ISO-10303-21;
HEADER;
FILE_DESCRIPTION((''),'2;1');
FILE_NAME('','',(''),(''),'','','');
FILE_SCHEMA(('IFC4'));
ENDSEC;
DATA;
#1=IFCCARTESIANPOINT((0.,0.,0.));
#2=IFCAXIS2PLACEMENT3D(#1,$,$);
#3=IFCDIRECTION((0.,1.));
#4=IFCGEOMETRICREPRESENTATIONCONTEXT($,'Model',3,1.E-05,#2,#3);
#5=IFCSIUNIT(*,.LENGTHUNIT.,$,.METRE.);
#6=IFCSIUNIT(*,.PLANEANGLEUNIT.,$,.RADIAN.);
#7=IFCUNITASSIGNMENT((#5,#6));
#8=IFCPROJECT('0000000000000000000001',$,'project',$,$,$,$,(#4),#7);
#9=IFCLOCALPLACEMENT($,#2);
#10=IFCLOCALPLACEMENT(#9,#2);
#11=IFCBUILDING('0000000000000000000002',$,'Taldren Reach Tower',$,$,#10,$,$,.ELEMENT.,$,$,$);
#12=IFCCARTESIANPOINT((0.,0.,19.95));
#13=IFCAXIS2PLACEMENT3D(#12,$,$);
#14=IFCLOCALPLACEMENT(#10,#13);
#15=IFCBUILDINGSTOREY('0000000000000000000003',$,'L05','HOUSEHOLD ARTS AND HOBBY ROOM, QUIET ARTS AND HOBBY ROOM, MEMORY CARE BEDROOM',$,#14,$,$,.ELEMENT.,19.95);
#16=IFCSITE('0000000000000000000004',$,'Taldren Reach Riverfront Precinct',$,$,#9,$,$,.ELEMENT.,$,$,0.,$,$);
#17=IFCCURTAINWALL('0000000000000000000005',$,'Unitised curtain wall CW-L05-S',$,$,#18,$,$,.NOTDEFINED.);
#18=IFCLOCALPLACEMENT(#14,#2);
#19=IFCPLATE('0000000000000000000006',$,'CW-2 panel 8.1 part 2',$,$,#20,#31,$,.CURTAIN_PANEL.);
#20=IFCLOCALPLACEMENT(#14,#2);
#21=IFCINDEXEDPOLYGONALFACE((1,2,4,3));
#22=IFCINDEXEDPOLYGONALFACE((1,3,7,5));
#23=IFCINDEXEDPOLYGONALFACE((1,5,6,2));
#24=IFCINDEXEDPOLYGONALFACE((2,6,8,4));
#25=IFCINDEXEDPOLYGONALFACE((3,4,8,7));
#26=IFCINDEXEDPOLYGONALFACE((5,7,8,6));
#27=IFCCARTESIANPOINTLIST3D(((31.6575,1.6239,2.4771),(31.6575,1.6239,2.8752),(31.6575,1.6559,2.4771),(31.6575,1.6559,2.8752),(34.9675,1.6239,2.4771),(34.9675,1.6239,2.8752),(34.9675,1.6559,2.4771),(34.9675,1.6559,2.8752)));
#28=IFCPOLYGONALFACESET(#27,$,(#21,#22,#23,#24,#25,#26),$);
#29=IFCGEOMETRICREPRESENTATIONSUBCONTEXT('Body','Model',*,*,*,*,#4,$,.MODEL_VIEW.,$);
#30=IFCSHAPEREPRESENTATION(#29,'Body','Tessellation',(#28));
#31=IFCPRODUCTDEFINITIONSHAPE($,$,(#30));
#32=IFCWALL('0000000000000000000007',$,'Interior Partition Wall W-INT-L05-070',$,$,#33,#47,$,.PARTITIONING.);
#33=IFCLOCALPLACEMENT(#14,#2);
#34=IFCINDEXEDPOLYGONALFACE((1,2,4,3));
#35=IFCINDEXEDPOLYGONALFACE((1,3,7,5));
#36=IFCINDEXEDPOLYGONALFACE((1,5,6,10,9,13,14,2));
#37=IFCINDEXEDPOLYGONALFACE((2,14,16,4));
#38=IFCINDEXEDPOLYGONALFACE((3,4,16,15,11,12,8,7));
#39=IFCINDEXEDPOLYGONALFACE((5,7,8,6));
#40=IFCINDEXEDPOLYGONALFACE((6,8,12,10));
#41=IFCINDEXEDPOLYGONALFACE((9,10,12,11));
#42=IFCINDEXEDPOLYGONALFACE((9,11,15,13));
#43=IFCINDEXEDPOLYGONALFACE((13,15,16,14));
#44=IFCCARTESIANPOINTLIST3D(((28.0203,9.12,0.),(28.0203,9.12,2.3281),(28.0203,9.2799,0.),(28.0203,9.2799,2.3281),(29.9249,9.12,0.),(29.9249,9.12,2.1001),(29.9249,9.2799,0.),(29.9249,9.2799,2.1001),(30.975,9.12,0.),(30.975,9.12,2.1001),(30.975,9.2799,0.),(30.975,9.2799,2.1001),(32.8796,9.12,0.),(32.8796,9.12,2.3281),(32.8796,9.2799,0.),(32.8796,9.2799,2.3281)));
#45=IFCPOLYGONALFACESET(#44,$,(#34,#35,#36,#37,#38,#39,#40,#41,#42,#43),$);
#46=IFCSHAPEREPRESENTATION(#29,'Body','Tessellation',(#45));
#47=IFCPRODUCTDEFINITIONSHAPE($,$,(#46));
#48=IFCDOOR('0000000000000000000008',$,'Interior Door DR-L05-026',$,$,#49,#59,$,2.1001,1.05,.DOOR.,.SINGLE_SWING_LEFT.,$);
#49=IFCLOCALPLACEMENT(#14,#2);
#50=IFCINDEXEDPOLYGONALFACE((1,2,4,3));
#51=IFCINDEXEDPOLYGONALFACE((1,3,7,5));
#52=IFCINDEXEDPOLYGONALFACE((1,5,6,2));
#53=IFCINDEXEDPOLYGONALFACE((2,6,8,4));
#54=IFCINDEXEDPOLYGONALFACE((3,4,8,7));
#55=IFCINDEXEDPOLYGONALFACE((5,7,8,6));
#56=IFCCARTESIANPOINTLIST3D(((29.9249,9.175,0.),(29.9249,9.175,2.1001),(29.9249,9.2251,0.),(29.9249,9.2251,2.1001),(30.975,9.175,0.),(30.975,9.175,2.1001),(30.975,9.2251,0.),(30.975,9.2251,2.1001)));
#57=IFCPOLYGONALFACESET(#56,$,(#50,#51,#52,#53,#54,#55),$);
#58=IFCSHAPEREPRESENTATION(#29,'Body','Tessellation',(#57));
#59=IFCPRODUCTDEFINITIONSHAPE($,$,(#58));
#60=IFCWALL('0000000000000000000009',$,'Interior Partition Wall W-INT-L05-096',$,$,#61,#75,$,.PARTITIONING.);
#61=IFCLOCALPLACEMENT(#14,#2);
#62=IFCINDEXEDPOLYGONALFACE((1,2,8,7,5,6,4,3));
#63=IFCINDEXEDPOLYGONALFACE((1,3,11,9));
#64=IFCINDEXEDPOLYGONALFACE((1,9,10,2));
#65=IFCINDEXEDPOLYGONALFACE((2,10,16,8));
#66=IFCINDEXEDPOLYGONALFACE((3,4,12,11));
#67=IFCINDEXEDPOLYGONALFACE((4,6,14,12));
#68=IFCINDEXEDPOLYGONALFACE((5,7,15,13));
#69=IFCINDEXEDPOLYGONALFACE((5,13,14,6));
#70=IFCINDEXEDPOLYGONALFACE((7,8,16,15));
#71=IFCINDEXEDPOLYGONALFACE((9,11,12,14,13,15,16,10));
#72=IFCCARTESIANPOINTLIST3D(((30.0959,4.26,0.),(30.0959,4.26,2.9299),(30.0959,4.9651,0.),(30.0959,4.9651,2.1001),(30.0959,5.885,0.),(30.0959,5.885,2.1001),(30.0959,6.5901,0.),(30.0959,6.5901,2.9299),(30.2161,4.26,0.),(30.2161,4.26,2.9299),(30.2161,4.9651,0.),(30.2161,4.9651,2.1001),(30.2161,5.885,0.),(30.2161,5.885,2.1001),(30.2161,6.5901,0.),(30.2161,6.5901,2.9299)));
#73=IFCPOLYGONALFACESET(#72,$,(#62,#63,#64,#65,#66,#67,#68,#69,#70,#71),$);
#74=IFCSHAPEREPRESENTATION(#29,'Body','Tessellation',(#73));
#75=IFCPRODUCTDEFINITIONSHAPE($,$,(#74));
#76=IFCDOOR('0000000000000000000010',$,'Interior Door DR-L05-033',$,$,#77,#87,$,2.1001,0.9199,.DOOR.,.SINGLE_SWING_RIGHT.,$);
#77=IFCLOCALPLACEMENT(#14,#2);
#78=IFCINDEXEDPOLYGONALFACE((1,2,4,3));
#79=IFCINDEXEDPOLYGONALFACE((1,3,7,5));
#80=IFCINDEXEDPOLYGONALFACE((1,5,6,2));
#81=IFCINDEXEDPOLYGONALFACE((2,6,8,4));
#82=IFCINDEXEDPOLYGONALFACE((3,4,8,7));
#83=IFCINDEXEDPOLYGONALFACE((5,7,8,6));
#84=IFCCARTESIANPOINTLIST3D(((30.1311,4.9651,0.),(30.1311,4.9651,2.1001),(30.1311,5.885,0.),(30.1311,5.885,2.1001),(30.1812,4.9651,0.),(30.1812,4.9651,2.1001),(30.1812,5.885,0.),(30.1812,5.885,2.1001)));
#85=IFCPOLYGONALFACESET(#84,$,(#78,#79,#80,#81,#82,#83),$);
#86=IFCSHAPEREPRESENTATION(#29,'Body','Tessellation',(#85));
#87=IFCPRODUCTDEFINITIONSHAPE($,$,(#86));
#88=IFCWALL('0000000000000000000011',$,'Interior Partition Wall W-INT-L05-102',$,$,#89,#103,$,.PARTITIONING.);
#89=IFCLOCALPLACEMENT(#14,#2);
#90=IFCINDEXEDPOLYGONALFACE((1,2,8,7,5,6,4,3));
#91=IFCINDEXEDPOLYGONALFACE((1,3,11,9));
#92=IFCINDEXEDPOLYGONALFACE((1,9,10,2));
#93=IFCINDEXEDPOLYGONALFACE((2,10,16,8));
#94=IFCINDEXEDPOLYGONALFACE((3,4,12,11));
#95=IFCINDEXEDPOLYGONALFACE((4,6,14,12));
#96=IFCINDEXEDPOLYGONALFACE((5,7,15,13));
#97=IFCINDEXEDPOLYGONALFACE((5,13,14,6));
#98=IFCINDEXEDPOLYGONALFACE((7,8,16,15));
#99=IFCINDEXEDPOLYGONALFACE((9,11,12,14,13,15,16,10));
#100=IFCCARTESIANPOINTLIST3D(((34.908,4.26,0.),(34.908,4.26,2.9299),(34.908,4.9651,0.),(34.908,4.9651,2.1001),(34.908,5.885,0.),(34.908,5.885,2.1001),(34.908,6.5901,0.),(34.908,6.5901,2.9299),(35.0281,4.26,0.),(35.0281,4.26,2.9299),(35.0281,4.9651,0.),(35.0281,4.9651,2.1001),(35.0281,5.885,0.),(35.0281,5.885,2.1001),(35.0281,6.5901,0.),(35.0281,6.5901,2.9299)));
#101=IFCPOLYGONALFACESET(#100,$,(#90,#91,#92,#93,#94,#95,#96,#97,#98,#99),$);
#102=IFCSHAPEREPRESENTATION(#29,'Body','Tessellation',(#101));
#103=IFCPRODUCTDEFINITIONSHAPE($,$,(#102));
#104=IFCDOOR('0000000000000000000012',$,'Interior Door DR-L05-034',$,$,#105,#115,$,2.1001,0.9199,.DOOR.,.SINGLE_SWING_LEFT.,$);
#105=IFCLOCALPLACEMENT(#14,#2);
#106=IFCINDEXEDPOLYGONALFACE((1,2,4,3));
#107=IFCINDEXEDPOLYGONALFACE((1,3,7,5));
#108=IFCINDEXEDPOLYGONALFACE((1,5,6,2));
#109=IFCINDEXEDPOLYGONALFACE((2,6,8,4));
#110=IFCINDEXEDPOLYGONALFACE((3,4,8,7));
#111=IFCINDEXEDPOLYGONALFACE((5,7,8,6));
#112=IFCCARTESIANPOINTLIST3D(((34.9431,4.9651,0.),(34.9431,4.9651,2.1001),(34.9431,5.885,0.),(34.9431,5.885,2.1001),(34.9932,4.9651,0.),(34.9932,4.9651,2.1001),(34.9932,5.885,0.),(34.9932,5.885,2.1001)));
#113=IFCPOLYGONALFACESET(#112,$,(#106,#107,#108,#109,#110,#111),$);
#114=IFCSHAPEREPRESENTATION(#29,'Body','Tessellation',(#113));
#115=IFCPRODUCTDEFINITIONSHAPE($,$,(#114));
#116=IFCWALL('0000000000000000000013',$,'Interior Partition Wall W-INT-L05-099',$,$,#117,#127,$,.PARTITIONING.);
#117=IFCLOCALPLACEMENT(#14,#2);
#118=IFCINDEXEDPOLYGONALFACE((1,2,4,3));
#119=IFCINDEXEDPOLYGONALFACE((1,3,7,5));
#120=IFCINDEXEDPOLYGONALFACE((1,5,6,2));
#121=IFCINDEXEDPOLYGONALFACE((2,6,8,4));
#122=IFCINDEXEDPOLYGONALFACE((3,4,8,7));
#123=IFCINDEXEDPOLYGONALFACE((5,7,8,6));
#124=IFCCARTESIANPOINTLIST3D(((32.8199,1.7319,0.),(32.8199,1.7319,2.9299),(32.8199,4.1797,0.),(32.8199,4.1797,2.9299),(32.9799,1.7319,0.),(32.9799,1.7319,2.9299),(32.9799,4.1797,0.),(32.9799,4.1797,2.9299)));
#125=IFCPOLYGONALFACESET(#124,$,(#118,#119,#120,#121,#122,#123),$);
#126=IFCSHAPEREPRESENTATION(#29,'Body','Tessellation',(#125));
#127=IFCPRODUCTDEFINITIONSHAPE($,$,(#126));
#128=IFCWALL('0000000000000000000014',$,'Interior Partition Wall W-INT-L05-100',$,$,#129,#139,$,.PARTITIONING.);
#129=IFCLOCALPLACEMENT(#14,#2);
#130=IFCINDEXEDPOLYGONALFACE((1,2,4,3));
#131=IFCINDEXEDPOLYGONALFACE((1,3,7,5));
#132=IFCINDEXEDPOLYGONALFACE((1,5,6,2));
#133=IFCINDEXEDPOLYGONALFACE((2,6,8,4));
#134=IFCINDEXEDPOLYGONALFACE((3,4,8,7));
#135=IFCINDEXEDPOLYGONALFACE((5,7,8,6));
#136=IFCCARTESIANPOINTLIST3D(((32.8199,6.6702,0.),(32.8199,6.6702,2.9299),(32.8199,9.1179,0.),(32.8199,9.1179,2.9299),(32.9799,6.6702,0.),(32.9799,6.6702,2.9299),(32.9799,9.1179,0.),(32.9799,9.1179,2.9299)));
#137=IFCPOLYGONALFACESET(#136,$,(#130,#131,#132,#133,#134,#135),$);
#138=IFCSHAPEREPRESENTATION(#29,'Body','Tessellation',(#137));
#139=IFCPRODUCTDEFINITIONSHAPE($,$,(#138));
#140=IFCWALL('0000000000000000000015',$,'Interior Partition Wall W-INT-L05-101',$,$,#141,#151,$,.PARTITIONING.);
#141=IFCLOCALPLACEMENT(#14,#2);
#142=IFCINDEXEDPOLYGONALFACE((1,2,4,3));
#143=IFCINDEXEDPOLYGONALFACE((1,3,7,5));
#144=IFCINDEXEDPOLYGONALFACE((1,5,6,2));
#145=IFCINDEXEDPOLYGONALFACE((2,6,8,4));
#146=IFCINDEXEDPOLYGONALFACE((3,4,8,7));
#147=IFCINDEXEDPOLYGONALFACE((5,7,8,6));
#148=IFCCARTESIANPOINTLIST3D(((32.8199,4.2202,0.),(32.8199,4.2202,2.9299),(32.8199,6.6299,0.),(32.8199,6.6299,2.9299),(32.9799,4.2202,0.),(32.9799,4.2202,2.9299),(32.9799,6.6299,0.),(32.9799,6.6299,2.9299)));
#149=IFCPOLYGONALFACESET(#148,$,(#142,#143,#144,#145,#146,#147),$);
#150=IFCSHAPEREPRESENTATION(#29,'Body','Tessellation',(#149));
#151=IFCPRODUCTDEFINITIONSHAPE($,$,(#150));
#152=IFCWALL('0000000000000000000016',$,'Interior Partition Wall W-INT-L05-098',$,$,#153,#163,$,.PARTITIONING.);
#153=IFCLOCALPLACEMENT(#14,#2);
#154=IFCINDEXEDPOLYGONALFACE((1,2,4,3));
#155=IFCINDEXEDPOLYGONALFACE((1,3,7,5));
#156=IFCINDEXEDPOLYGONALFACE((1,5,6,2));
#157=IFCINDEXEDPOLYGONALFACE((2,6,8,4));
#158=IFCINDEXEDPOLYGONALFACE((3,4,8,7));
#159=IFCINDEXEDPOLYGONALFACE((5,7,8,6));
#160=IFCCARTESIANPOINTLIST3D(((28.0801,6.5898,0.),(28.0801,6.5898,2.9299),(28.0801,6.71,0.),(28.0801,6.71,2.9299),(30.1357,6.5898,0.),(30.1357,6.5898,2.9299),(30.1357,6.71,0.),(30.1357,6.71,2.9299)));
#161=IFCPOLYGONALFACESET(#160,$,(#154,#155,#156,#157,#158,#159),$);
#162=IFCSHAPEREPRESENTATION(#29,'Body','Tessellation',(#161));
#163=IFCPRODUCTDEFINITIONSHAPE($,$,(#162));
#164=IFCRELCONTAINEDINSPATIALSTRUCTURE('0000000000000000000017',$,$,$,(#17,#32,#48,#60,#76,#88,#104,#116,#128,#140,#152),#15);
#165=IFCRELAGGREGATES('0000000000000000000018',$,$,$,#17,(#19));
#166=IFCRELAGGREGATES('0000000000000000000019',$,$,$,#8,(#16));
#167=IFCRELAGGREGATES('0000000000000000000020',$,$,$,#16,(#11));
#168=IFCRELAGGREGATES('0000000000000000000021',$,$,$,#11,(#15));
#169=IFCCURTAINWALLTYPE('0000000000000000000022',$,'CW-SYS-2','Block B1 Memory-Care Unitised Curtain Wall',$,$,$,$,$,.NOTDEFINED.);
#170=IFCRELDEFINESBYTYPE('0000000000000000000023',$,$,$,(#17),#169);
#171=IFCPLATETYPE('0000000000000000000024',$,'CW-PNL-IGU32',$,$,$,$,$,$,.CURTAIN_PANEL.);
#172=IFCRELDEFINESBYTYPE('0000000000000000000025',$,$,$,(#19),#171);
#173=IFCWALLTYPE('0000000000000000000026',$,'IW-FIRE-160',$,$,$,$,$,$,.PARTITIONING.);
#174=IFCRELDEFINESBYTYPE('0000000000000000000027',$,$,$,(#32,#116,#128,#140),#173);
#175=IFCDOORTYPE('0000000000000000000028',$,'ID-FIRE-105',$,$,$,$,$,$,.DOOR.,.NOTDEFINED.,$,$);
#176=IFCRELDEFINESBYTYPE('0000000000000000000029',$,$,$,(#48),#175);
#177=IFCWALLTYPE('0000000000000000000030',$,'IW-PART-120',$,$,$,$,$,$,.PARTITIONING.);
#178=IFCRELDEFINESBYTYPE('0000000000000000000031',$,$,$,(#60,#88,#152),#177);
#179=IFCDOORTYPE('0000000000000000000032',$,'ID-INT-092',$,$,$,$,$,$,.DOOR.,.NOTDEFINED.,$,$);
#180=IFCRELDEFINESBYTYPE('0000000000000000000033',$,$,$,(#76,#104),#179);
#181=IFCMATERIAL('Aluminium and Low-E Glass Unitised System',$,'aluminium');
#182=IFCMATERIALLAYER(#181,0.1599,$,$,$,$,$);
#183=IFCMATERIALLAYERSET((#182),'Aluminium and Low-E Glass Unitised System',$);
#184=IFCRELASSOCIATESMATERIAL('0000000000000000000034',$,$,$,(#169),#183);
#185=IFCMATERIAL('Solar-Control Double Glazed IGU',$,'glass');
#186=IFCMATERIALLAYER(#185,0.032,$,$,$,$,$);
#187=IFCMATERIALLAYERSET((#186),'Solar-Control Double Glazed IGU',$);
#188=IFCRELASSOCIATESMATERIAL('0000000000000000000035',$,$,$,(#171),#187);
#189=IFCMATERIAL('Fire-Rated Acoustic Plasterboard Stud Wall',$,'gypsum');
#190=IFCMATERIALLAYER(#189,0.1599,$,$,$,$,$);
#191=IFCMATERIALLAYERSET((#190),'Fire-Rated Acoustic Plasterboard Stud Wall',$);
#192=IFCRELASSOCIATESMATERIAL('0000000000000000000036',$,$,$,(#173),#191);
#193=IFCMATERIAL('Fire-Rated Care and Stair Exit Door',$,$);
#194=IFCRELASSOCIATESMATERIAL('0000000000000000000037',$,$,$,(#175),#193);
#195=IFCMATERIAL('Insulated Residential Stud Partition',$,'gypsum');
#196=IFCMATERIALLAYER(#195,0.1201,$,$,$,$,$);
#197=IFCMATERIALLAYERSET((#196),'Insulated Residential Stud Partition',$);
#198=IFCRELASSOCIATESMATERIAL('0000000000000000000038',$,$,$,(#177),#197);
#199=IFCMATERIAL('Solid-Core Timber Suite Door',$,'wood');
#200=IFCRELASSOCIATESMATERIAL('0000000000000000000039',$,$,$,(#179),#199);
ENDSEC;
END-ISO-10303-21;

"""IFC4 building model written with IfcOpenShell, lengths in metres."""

from ifc_helpers import new_model, si_unit, direction, frame, frame_2d, origin, origin_2d, place, context, subcontext, project, spatial, rectangle, extrude, source, transform, mapped, material, layer, layer_set, type_object, element, fill, aggregate, save


model = new_model("IFC4")

# Units and contexts
model_context = context("Model", 3, precision=1e-05, world=origin(), true_north=direction((0.0, 1.0)))
body_context = subcontext(model_context, "Body", "Model", "MODEL_VIEW")
ifc_project = project(units=[si_unit("LENGTHUNIT", "METRE"), si_unit("PLANEANGLEUNIT", "RADIAN")], contexts=[model_context])

# Site, building, storey
site_placement = place(None, origin())
site = spatial("IfcSite", under=ifc_project, at=site_placement, Name="Taldren Reach Riverfront Precinct", CompositionType="ELEMENT", RefElevation=0.0)
building_placement = place(site_placement, origin())
building = spatial("IfcBuilding", under=site, at=building_placement, Name="Taldren Reach Tower", CompositionType="ELEMENT")
storey_placement = place(building_placement, frame((0.0, 0.0, 19.95)))
storey = spatial("IfcBuildingStorey", under=building, at=storey_placement, Name="L05", Description="HOUSEHOLD ARTS AND HOBBY ROOM, QUIET ARTS AND HOBBY ROOM, MEMORY CARE BEDROOM", CompositionType="ELEMENT", Elevation=19.95)

# Curtain wall, plate
ifc_material_1 = material(Name="Aluminium and Low-E Glass Unitised System", Category="aluminium")
ifc_layer_1 = layer(ifc_material_1, 0.1599)
ifc_layer_set_1 = layer_set([ifc_layer_1], Name="Aluminium and Low-E Glass Unitised System")
curtain_wall_type = type_object("IfcCurtainWallType", Name="CW-SYS-2", Description="Block B1 Memory-Care Unitised Curtain Wall", PredefinedType="NOTDEFINED", material=ifc_layer_set_1)
curtain_wall_placement = place(storey_placement, origin())
curtain_wall = element("IfcCurtainWall", 1, at=curtain_wall_placement, inside=storey, type_object=curtain_wall_type, Name="Unitised curtain wall CW-L05-S", PredefinedType="NOTDEFINED")
ifc_material_2 = material(Name="Solar-Control Double Glazed IGU", Category="glass")
ifc_layer_2 = layer(ifc_material_2, 0.032)
ifc_layer_set_2 = layer_set([ifc_layer_2], Name="Solar-Control Double Glazed IGU")
plate_type = type_object("IfcPlateType", Name="CW-PNL-IGU32", PredefinedType="CURTAIN_PANEL", material=ifc_layer_set_2)
shared_shape_1 = source(origin(), body_context, "Body", "SweptSolid", [
    extrude(rectangle(XDim=3.3101, YDim=0.032, at=origin_2d()), origin(), (0.0, 0.0, 1.0), 0.3982),
])
plate_1_placement = place(storey_placement, frame((33.3125, 1.6399, 2.4771), z_axis=(0.0, 0.0, 1.0), x_axis=(1.0, 0.0, 0.0)))
plate_1 = element("IfcPlate", 2, at=plate_1_placement, type_object=plate_type, Name="CW-2 panel 8.1 part 2", PredefinedType="CURTAIN_PANEL", context=body_context, shape_type="MappedRepresentation", body=[
    mapped(shared_shape_1, transform((0.0, 0.0, 0.0), scale=1.0)),
])
aggregate(curtain_wall, [plate_1])

# Walls, openings, doors
ifc_material_3 = material(Name="Fire-Rated Acoustic Plasterboard Stud Wall", Category="gypsum")
ifc_layer_3 = layer(ifc_material_3, 0.1599)
ifc_layer_set_3 = layer_set([ifc_layer_3], Name="Fire-Rated Acoustic Plasterboard Stud Wall")
wall_type_1 = type_object("IfcWallType", Name="IW-FIRE-160", PredefinedType="PARTITIONING", material=ifc_layer_set_3)
shared_shape_2 = source(origin(), body_context, "Body", "SweptSolid", [
    extrude(rectangle(XDim=4.8594, YDim=0.1599, at=frame_2d((2.4297, 0.0))), origin(), (0.0, 0.0, 1.0), 2.3281),
])
wall_1_placement = place(storey_placement, frame((32.8796, 9.2, 0.0), z_axis=(0.0, 0.0, 1.0), x_axis=(-1.0, 0.0, 0.0)))
wall_1 = element("IfcWall", 3, at=wall_1_placement, inside=storey, type_object=wall_type_1, Name="Interior Partition Wall W-INT-L05-070", PredefinedType="PARTITIONING", context=body_context, shape_type="MappedRepresentation", body=[
    mapped(shared_shape_2, transform((0.0, 0.0, 0.0), scale=1.0)),
])
shared_shape_3 = source(origin(), body_context, "Body", "SweptSolid", [
    extrude(rectangle(XDim=1.05, YDim=2.1001, at=frame_2d((0.5249, 1.05))), frame((0.0, 0.0898, 0.0), z_axis=(0.0, -1.0, 0.0), x_axis=(1.0, 0.0, 0.0)), (0.0, 0.0, 1.0), 0.1799),
])
opening_1_placement = place(wall_1_placement, frame((1.9048, 0.0, 0.0)))
opening_1 = element("IfcOpeningElement", 4, at=opening_1_placement, cuts=wall_1, PredefinedType="OPENING", context=body_context, shape_type="MappedRepresentation", body=[
    mapped(shared_shape_3, transform((0.0, 0.0, 0.0), scale=1.0)),
])
ifc_material_4 = material(Name="Fire-Rated Care and Stair Exit Door")
door_type_1 = type_object("IfcDoorType", Name="ID-FIRE-105", OperationType="NOTDEFINED", PredefinedType="DOOR", material=ifc_material_4)
shared_shape_4 = source(origin(), body_context, "Body", "SweptSolid", [
    extrude(rectangle(XDim=1.05, YDim=2.1001, at=frame_2d((0.5249, 1.05))), frame((0.0, 0.0249, 0.0), z_axis=(0.0, -1.0, 0.0), x_axis=(1.0, 0.0, 0.0)), (0.0, 0.0, 1.0), 0.05),
])
door_1_placement = place(opening_1_placement, origin())
door_1 = element("IfcDoor", 5, at=door_1_placement, inside=storey, type_object=door_type_1, Name="Interior Door DR-L05-026", OperationType="SINGLE_SWING_LEFT", OverallHeight=2.1001, OverallWidth=1.05, PredefinedType="DOOR", context=body_context, shape_type="MappedRepresentation", body=[
    mapped(shared_shape_4, transform((0.0, 0.0, 0.0), scale=1.0)),
])
fill(opening_1, door_1)
ifc_material_5 = material(Name="Insulated Residential Stud Partition", Category="gypsum")
ifc_layer_4 = layer(ifc_material_5, 0.1201)
ifc_layer_set_4 = layer_set([ifc_layer_4], Name="Insulated Residential Stud Partition")
wall_type_2 = type_object("IfcWallType", Name="IW-PART-120", PredefinedType="PARTITIONING", material=ifc_layer_set_4)
shared_shape_5 = source(origin(), body_context, "Body", "SweptSolid", [
    extrude(rectangle(XDim=2.3301, YDim=0.1201, at=frame_2d((1.165, 0.0))), origin(), (0.0, 0.0, 1.0), 2.9299),
])
wall_2_placement = place(storey_placement, frame((30.156, 4.26, 0.0), z_axis=(0.0, 0.0, 1.0), x_axis=(0.0, 1.0, 0.0)))
wall_2 = element("IfcWall", 6, at=wall_2_placement, inside=storey, type_object=wall_type_2, Name="Interior Partition Wall W-INT-L05-096", PredefinedType="PARTITIONING", context=body_context, shape_type="MappedRepresentation", body=[
    mapped(shared_shape_5, transform((0.0, 0.0, 0.0), scale=1.0)),
])
shared_shape_6 = source(origin(), body_context, "Body", "SweptSolid", [
    extrude(rectangle(XDim=0.9199, YDim=2.1001, at=frame_2d((0.46, 1.05))), frame((0.0, 0.0701, 0.0), z_axis=(0.0, -1.0, 0.0), x_axis=(1.0, 0.0, 0.0)), (0.0, 0.0, 1.0), 0.1401),
])
opening_2_placement = place(wall_2_placement, frame((0.7051, 0.0, 0.0)))
opening_2 = element("IfcOpeningElement", 7, at=opening_2_placement, cuts=wall_2, PredefinedType="OPENING", context=body_context, shape_type="MappedRepresentation", body=[
    mapped(shared_shape_6, transform((0.0, 0.0, 0.0), scale=1.0)),
])
ifc_material_6 = material(Name="Solid-Core Timber Suite Door", Category="wood")
door_type_2 = type_object("IfcDoorType", Name="ID-INT-092", OperationType="NOTDEFINED", PredefinedType="DOOR", material=ifc_material_6)
shared_shape_7 = source(origin(), body_context, "Body", "SweptSolid", [
    extrude(rectangle(XDim=0.9199, YDim=2.1001, at=frame_2d((0.46, 1.05))), frame((0.0, 0.0249, 0.0), z_axis=(0.0, -1.0, 0.0), x_axis=(1.0, 0.0, 0.0)), (0.0, 0.0, 1.0), 0.05),
])
door_2_placement = place(opening_2_placement, origin())
door_2 = element("IfcDoor", 8, at=door_2_placement, inside=storey, type_object=door_type_2, Name="Interior Door DR-L05-033", OperationType="SINGLE_SWING_RIGHT", OverallHeight=2.1001, OverallWidth=0.9199, PredefinedType="DOOR", context=body_context, shape_type="MappedRepresentation", body=[
    mapped(shared_shape_7, transform((0.0, 0.0, 0.0), scale=1.0)),
])
fill(opening_2, door_2)
wall_3_placement = place(storey_placement, frame((34.968, 4.26, 0.0), z_axis=(0.0, 0.0, 1.0), x_axis=(0.0, 1.0, 0.0)))
wall_3 = element("IfcWall", 9, at=wall_3_placement, inside=storey, type_object=wall_type_2, Name="Interior Partition Wall W-INT-L05-102", PredefinedType="PARTITIONING", context=body_context, shape_type="MappedRepresentation", body=[
    mapped(shared_shape_5, transform((0.0, 0.0, 0.0), scale=1.0)),
])
opening_3_placement = place(wall_3_placement, frame((0.7051, 0.0, 0.0)))
opening_3 = element("IfcOpeningElement", 10, at=opening_3_placement, cuts=wall_3, PredefinedType="OPENING", context=body_context, shape_type="MappedRepresentation", body=[
    mapped(shared_shape_6, transform((0.0, 0.0, 0.0), scale=1.0)),
])
door_3_placement = place(opening_3_placement, origin())
door_3 = element("IfcDoor", 11, at=door_3_placement, inside=storey, type_object=door_type_2, Name="Interior Door DR-L05-034", OperationType="SINGLE_SWING_LEFT", OverallHeight=2.1001, OverallWidth=0.9199, PredefinedType="DOOR", context=body_context, shape_type="MappedRepresentation", body=[
    mapped(shared_shape_7, transform((0.0, 0.0, 0.0), scale=1.0)),
])
fill(opening_3, door_3)

# Walls
shared_shape_8 = source(origin(), body_context, "Body", "SweptSolid", [
    extrude(rectangle(XDim=2.4478, YDim=0.1599, at=frame_2d((1.2239, 0.0))), origin(), (0.0, 0.0, 1.0), 2.9299),
])
for number, where, z_axis, x_axis, name in (
    (12, (32.8999, 4.1797, 0.0), (0.0, 0.0, 1.0), (0.0, -1.0, 0.0), "Interior Partition Wall W-INT-L05-099"),
    (13, (32.8999, 9.1179, 0.0), (0.0, 0.0, 1.0), (0.0, -1.0, 0.0), "Interior Partition Wall W-INT-L05-100"),
):
    element("IfcWall", number, at=place(storey_placement, frame(where, z_axis=z_axis, x_axis=x_axis)), inside=storey, type_object=wall_type_1, Name=name, PredefinedType="PARTITIONING", context=body_context, shape_type="MappedRepresentation", body=[
        mapped(shared_shape_8, transform((0.0, 0.0, 0.0), scale=1.0)),
    ])
shared_shape_9 = source(origin(), body_context, "Body", "SweptSolid", [
    extrude(rectangle(XDim=2.4097, YDim=0.1599, at=frame_2d((1.2048, 0.0))), origin(), (0.0, 0.0, 1.0), 2.9299),
])
wall_4_placement = place(storey_placement, frame((32.8999, 6.6299, 0.0), z_axis=(0.0, 0.0, 1.0), x_axis=(0.0, -1.0, 0.0)))
element("IfcWall", 14, at=wall_4_placement, inside=storey, type_object=wall_type_1, Name="Interior Partition Wall W-INT-L05-101", PredefinedType="PARTITIONING", context=body_context, shape_type="MappedRepresentation", body=[
    mapped(shared_shape_9, transform((0.0, 0.0, 0.0), scale=1.0)),
])
shared_shape_10 = source(origin(), body_context, "Body", "SweptSolid", [
    extrude(rectangle(XDim=2.0557, YDim=0.1201, at=frame_2d((1.0278, 0.0))), origin(), (0.0, 0.0, 1.0), 2.9299),
])
wall_5_placement = place(storey_placement, frame((30.1357, 6.6499, 0.0), z_axis=(0.0, 0.0, 1.0), x_axis=(-1.0, 0.0, 0.0)))
element("IfcWall", 15, at=wall_5_placement, inside=storey, type_object=wall_type_2, Name="Interior Partition Wall W-INT-L05-098", PredefinedType="PARTITIONING", context=body_context, shape_type="MappedRepresentation", body=[
    mapped(shared_shape_10, transform((0.0, 0.0, 0.0), scale=1.0)),
])

save(model, "model.ifc")
